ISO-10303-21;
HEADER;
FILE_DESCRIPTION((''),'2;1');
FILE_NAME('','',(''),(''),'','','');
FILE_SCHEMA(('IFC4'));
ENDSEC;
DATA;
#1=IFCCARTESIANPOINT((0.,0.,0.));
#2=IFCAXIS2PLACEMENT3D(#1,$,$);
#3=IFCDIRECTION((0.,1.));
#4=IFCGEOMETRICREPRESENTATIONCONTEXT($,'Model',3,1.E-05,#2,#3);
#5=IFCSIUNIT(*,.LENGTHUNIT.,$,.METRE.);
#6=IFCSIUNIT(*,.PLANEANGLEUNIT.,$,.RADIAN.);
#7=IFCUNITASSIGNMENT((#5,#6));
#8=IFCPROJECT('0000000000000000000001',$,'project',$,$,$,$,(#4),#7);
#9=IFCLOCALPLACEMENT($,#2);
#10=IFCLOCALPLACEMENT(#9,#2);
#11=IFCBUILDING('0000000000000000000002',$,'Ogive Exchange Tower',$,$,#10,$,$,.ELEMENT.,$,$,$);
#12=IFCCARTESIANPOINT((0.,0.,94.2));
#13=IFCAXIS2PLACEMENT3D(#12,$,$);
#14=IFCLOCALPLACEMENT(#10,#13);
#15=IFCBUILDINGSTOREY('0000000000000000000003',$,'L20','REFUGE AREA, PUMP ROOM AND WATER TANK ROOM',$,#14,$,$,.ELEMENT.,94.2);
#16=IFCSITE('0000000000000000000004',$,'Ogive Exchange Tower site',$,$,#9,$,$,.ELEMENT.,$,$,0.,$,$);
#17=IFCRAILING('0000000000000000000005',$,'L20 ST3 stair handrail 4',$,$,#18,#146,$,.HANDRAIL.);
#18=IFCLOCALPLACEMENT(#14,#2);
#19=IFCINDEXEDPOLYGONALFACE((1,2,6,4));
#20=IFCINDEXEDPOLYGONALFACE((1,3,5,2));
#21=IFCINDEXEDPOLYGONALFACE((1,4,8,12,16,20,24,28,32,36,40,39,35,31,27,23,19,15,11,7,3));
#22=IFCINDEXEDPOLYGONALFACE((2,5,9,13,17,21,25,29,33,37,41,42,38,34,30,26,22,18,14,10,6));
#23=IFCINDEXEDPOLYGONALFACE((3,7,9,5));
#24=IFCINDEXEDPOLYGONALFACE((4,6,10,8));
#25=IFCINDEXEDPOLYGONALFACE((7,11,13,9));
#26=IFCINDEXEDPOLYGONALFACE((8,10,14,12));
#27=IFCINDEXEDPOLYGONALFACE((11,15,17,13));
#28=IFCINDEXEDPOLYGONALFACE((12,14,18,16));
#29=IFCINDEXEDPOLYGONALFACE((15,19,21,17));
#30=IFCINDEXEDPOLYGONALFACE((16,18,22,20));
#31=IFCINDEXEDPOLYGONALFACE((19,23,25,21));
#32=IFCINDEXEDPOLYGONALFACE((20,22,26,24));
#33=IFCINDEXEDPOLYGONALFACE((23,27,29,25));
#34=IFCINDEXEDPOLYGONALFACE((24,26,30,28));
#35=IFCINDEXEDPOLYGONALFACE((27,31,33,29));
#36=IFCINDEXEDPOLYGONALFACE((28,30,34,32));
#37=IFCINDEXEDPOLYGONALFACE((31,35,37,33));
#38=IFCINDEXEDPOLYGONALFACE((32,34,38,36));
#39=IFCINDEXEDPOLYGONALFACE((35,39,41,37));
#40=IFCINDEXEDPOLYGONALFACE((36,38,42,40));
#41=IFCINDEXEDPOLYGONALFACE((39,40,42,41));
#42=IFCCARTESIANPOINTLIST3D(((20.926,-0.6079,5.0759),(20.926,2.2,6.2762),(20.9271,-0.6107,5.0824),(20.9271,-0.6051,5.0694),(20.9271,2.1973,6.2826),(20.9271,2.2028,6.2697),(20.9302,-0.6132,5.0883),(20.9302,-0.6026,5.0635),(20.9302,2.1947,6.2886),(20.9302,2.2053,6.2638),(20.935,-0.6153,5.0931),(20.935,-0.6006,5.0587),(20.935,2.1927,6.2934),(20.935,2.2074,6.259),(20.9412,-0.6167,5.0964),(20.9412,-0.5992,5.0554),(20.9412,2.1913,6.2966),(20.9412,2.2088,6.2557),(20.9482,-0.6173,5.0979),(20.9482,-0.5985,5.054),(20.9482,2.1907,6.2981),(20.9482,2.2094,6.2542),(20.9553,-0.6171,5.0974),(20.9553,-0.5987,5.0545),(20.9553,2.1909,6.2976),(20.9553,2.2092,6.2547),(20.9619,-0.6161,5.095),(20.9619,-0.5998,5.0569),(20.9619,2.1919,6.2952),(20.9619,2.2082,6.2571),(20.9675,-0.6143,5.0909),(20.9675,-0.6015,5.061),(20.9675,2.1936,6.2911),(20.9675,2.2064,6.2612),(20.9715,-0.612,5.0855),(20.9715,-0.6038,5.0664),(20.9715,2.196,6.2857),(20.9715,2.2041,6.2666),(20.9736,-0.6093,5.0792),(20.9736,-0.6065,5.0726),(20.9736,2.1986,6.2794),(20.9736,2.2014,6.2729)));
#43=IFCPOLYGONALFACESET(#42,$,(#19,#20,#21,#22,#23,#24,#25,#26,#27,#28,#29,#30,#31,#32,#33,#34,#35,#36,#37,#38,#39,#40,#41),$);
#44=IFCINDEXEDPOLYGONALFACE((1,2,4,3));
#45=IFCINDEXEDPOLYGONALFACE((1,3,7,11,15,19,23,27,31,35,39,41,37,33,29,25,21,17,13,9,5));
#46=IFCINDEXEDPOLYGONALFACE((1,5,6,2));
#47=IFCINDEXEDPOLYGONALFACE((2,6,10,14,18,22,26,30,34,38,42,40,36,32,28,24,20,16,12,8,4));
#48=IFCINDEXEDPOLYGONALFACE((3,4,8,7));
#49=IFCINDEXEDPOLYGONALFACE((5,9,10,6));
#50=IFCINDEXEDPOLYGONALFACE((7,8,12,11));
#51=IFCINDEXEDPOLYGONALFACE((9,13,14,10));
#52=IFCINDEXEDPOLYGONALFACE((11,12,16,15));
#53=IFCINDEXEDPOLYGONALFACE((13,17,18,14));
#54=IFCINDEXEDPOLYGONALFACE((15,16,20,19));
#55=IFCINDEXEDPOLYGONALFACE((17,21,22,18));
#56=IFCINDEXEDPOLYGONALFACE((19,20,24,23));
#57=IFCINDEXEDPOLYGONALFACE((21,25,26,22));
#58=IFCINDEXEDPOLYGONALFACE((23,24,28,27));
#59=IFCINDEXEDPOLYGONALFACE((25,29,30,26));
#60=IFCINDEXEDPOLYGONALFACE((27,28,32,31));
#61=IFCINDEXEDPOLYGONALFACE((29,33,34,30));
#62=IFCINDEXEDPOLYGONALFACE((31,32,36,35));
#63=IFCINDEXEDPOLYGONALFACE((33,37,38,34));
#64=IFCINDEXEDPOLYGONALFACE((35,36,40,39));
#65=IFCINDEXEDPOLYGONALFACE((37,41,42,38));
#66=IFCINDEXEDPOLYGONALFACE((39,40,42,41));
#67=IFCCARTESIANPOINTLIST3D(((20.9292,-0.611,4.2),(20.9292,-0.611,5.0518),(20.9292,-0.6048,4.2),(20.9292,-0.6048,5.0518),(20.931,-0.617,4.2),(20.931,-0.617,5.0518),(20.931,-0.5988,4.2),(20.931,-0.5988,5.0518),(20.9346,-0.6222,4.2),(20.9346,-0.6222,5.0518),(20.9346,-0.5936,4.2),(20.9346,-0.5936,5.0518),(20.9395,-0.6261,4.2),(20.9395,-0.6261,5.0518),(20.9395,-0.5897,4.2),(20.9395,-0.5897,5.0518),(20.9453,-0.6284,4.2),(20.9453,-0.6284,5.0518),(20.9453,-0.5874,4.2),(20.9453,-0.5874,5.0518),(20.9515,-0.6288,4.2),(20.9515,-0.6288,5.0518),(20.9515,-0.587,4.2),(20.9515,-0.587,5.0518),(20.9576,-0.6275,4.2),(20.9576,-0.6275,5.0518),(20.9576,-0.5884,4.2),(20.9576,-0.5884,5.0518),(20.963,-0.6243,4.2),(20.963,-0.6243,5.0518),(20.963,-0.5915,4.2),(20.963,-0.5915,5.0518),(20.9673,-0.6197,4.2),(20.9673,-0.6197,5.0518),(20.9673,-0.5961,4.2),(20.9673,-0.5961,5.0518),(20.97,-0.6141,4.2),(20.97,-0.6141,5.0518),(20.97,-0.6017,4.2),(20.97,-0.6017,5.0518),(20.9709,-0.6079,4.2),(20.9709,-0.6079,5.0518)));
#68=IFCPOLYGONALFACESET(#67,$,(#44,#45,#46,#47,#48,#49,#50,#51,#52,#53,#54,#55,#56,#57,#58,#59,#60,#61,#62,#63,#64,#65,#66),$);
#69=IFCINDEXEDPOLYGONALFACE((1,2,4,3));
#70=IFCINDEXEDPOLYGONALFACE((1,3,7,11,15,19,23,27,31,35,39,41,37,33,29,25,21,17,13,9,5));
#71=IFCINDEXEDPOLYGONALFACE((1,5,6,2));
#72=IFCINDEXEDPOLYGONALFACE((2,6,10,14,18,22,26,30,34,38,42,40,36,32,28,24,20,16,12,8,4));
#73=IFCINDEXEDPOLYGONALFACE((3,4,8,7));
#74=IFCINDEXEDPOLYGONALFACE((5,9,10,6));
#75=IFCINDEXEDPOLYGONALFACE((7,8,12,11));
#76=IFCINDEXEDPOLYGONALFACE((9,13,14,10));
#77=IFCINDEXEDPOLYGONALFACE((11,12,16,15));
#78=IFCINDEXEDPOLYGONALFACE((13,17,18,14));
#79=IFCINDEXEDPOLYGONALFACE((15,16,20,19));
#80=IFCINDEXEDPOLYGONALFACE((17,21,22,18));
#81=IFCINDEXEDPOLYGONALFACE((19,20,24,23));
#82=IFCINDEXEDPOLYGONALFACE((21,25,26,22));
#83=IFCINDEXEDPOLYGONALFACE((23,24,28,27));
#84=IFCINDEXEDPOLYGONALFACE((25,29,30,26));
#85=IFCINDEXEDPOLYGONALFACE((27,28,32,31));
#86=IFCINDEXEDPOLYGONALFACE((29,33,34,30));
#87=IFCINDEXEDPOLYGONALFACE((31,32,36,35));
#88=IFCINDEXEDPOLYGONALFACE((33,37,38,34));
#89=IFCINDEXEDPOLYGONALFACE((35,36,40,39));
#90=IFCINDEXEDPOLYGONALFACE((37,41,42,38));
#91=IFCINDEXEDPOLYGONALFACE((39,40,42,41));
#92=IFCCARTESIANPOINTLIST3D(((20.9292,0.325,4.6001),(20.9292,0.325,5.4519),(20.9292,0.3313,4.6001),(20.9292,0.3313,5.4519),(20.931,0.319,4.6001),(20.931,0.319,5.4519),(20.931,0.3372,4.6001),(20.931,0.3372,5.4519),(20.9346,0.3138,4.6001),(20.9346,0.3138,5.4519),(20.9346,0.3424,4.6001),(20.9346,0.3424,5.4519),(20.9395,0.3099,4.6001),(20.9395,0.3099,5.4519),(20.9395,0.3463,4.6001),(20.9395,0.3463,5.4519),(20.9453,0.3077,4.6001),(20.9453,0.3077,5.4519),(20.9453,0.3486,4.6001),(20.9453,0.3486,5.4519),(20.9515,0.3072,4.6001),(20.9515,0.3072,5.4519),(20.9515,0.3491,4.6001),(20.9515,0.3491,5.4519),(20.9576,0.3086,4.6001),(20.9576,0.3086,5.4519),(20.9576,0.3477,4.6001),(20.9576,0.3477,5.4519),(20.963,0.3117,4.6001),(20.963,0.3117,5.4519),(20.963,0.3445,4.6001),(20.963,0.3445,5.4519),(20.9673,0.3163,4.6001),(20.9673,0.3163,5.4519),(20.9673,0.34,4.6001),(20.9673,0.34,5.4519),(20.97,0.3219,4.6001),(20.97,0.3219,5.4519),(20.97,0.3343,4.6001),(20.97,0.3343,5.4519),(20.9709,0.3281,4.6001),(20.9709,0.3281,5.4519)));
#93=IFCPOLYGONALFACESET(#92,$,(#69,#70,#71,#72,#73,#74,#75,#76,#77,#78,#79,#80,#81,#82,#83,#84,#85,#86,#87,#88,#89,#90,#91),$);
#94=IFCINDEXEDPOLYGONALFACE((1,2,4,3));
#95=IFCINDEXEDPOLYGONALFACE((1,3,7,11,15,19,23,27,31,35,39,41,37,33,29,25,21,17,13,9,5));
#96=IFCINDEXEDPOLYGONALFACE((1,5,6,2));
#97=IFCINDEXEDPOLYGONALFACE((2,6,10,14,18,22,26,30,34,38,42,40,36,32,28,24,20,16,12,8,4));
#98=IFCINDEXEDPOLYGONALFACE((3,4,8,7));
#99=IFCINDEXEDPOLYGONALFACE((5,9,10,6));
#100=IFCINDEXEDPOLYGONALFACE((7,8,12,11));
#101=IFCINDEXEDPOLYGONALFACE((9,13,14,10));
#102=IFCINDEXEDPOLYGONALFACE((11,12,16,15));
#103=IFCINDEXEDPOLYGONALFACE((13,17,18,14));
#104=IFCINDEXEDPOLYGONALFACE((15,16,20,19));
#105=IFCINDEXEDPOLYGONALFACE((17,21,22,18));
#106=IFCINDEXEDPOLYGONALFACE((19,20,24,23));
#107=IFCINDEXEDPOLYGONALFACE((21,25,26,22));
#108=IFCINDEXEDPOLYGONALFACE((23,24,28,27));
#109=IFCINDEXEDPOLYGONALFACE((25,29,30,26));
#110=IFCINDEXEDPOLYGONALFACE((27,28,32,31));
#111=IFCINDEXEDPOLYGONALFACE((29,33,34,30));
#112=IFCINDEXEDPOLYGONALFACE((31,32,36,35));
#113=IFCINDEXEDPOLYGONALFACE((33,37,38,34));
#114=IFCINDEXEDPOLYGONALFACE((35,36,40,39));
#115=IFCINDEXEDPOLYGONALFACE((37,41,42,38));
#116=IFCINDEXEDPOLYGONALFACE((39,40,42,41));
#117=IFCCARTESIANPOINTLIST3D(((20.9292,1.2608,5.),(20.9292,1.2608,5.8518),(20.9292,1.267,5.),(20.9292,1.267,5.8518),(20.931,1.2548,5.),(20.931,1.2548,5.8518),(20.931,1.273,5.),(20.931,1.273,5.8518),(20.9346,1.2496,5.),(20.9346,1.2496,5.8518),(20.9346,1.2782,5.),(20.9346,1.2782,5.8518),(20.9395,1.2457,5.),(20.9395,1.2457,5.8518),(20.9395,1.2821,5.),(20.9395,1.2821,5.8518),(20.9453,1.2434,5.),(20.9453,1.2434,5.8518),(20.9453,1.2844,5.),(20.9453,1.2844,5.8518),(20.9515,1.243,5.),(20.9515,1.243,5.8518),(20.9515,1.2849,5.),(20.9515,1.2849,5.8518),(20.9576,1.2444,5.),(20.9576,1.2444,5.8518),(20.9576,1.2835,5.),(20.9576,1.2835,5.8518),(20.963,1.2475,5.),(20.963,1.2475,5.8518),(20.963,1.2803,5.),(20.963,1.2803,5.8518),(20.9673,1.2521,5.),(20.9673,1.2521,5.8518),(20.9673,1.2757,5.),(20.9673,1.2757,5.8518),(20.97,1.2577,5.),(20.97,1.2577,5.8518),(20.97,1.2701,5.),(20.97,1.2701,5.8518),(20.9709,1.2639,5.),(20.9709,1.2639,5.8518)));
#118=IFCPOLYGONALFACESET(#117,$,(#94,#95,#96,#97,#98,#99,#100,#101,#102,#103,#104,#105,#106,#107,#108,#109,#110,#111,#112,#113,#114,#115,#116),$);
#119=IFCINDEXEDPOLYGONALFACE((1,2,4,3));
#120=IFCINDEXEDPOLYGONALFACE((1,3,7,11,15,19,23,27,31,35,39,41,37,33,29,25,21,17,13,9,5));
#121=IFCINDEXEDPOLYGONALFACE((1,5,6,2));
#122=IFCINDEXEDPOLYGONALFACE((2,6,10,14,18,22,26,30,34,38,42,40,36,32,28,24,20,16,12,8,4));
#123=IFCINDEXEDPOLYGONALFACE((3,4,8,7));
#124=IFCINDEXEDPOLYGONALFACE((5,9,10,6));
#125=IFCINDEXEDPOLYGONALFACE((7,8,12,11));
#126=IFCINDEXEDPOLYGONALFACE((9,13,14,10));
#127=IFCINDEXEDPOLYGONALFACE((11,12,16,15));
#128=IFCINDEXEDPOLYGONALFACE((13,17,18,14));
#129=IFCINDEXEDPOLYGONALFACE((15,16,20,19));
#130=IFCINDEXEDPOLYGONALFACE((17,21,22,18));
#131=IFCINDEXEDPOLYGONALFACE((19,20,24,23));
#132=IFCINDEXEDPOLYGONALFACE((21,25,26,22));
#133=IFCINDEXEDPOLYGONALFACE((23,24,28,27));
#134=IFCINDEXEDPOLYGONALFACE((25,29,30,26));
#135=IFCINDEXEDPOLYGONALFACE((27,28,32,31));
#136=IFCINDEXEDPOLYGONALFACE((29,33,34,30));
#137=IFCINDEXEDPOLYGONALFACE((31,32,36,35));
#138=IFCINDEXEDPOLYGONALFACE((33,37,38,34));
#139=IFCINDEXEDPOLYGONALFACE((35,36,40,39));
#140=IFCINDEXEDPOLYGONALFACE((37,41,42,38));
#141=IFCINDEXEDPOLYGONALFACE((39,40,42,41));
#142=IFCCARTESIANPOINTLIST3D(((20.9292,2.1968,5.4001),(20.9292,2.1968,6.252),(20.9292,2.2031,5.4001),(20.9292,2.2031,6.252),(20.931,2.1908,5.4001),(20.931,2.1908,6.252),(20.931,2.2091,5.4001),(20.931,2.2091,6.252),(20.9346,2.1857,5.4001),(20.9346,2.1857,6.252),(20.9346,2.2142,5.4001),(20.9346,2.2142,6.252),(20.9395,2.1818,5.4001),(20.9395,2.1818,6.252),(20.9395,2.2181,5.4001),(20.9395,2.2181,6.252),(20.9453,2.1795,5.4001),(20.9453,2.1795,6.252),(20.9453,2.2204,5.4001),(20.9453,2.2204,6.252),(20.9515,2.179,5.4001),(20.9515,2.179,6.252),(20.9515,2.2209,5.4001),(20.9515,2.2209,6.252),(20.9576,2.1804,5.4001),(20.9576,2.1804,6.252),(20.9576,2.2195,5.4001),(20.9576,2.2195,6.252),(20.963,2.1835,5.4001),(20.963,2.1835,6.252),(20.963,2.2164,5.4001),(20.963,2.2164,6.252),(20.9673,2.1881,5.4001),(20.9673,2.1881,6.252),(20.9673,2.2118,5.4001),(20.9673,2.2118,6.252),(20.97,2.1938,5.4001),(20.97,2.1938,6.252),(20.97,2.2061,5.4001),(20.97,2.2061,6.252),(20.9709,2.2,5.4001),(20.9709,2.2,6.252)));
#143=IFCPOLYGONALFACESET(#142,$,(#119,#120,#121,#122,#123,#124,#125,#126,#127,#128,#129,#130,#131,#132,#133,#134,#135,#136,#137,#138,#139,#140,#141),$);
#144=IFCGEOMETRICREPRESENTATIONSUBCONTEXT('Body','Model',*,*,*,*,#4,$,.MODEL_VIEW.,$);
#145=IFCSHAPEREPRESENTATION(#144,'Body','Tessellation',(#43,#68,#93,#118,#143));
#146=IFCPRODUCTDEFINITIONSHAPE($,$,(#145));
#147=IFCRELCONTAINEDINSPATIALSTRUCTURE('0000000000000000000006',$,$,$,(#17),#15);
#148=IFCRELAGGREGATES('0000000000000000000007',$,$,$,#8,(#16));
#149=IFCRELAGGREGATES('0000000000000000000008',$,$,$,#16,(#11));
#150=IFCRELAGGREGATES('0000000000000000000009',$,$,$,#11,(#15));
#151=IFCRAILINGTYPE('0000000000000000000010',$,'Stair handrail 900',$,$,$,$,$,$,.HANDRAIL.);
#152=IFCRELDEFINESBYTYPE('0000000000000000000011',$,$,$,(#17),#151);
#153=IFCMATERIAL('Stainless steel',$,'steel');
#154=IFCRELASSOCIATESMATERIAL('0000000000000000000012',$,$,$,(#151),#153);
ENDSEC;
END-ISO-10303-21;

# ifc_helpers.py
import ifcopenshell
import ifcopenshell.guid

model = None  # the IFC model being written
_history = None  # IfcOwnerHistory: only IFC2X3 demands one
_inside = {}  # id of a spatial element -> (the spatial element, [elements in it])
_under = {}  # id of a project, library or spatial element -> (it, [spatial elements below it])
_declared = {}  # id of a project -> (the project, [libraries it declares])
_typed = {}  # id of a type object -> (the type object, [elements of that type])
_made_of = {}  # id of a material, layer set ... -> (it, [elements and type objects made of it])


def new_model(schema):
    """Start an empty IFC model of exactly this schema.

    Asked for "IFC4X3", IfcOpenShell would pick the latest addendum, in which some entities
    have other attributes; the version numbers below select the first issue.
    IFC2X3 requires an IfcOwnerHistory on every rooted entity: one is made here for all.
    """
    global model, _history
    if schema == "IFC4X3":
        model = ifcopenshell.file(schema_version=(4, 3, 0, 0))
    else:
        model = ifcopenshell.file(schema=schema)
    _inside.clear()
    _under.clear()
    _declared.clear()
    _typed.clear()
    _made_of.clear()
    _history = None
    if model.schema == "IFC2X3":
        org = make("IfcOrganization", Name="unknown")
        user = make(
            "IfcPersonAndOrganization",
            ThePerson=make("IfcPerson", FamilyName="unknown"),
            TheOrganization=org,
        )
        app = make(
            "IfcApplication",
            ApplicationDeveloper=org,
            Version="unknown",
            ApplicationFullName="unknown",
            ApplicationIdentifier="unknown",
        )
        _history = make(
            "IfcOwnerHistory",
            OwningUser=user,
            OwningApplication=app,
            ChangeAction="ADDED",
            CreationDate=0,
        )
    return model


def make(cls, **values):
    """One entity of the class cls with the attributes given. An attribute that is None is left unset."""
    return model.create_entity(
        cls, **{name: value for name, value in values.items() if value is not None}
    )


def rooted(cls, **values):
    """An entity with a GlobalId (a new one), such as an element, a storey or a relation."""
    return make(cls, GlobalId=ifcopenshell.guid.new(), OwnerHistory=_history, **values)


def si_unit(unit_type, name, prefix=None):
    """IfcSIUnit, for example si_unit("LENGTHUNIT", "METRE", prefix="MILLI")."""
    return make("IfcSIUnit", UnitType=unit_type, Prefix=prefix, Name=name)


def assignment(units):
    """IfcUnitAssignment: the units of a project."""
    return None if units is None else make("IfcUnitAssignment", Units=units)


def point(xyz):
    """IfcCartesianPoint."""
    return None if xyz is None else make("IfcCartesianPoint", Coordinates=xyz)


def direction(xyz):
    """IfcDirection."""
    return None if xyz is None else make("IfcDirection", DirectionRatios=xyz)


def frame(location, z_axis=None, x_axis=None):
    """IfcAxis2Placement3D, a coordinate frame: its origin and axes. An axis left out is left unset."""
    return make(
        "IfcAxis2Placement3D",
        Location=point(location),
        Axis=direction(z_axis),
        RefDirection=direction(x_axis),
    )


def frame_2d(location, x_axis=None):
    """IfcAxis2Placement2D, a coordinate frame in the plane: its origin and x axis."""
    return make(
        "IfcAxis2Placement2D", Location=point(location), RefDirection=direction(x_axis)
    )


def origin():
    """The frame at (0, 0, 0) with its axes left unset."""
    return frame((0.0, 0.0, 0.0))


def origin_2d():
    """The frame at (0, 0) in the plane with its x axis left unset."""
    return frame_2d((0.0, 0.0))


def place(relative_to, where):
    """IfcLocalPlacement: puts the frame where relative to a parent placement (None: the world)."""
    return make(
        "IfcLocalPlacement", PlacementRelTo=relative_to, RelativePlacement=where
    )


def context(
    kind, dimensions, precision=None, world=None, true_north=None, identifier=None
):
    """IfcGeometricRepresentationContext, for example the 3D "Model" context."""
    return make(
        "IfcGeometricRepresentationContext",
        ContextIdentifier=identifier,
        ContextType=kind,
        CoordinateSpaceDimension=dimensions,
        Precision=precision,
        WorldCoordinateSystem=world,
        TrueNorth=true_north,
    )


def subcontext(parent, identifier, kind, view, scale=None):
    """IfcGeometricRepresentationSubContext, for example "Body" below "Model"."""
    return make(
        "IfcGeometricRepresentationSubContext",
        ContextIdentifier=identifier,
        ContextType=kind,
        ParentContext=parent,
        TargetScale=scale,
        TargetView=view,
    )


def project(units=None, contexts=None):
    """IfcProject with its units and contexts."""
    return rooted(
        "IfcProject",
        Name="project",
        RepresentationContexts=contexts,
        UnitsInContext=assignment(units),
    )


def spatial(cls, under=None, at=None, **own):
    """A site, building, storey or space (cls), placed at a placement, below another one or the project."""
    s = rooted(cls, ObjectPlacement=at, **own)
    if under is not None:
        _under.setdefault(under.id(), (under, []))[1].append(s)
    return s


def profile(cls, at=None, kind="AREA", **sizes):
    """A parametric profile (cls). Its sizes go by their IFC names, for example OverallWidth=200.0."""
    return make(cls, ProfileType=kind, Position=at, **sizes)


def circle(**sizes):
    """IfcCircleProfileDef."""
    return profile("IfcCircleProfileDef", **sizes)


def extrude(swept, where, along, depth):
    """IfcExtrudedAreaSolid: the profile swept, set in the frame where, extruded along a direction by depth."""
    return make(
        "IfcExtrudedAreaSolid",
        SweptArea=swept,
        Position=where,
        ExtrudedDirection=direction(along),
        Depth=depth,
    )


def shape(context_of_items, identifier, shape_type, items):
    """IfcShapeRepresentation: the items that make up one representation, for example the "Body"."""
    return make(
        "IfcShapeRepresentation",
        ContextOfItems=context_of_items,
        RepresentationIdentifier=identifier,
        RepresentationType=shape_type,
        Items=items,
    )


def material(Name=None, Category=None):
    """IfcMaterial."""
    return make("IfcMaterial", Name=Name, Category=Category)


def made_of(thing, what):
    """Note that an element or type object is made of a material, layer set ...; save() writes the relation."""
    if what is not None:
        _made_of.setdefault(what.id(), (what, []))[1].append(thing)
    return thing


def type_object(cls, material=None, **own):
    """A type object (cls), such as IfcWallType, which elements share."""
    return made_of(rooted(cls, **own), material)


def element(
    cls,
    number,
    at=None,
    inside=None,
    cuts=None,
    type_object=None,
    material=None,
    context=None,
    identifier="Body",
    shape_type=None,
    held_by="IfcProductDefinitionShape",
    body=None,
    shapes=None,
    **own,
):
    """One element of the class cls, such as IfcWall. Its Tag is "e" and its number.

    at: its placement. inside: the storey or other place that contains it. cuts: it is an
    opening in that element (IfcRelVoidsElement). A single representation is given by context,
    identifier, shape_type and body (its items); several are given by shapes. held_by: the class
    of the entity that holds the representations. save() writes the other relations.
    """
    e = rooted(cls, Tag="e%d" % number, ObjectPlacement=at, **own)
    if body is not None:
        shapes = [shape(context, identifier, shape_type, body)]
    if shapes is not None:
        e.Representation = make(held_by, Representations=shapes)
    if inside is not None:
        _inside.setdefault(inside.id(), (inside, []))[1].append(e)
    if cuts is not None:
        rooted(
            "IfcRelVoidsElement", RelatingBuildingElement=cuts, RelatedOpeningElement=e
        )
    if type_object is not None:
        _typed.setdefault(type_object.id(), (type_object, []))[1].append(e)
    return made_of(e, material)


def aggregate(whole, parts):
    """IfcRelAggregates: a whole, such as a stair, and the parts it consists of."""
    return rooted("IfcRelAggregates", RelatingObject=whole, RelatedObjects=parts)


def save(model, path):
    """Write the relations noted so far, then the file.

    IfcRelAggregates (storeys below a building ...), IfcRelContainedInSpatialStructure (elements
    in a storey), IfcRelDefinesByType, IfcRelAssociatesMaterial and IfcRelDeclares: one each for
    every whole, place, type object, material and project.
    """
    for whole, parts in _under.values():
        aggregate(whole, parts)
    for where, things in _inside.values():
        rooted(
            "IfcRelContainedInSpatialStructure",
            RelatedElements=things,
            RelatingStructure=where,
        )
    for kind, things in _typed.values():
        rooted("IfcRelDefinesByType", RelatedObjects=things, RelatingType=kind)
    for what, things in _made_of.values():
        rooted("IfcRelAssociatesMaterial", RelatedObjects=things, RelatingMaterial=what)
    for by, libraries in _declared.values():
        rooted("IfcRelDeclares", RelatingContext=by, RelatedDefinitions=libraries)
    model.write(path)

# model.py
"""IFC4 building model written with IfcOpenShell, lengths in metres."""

from ifc_helpers import new_model, si_unit, direction, frame, origin, origin_2d, place, context, subcontext, project, spatial, circle, extrude, material, type_object, element, save


model = new_model("IFC4")

# Units and contexts
model_context = context("Model", 3, precision=1e-05, world=origin(), true_north=direction((0.0, 1.0)))
body_context = subcontext(model_context, "Body", "Model", "MODEL_VIEW")
ifc_project = project(units=[si_unit("LENGTHUNIT", "METRE"), si_unit("PLANEANGLEUNIT", "RADIAN")], contexts=[model_context])

# Site, building, storey
site_placement = place(None, origin())
site = spatial("IfcSite", under=ifc_project, at=site_placement, Name="Ogive Exchange Tower site", CompositionType="ELEMENT", RefElevation=0.0)
building_placement = place(site_placement, origin())
building = spatial("IfcBuilding", under=site, at=building_placement, Name="Ogive Exchange Tower", CompositionType="ELEMENT")
storey_placement = place(building_placement, frame((0.0, 0.0, 94.2)))
storey = spatial("IfcBuildingStorey", under=building, at=storey_placement, Name="L20", Description="REFUGE AREA, PUMP ROOM AND WATER TANK ROOM", CompositionType="ELEMENT", Elevation=94.2)

# Shared definitions
ifc_material_1 = material(Name="Stainless steel", Category="steel")

# Railing
railing_type = type_object("IfcRailingType", Name="Stair handrail 900", PredefinedType="HANDRAIL", material=ifc_material_1)
railing_1_placement = place(storey_placement, frame((20.95, -0.6079, 4.2)))
element("IfcRailing", 1, at=railing_1_placement, inside=storey, type_object=railing_type, Name="L20 ST3 stair handrail 4", PredefinedType="HANDRAIL", context=body_context, shape_type="SweptSolid", body=[
    extrude(circle(Radius=0.0239, at=origin_2d()), frame((0.0, 0.0, 0.876), z_axis=(0.0, 0.919521, 0.393041), x_axis=(-1.0, 0.0, 0.0)), (0.0, 0.0, 1.0), 3.0537),
    extrude(circle(Radius=0.021, at=origin_2d()), origin(), (0.0, 0.0, 1.0), 0.8518),
    extrude(circle(Radius=0.021, at=origin_2d()), frame((0.0, 0.936, 0.4001)), (0.0, 0.0, 1.0), 0.8518),
    extrude(circle(Radius=0.021, at=origin_2d()), frame((0.0, 1.8718, 0.8)), (0.0, 0.0, 1.0), 0.8518),
    extrude(circle(Radius=0.021, at=origin_2d()), frame((0.0, 2.8079, 1.2002)), (0.0, 0.0, 1.0), 0.8518),
])

save(model, "model.ifc")
